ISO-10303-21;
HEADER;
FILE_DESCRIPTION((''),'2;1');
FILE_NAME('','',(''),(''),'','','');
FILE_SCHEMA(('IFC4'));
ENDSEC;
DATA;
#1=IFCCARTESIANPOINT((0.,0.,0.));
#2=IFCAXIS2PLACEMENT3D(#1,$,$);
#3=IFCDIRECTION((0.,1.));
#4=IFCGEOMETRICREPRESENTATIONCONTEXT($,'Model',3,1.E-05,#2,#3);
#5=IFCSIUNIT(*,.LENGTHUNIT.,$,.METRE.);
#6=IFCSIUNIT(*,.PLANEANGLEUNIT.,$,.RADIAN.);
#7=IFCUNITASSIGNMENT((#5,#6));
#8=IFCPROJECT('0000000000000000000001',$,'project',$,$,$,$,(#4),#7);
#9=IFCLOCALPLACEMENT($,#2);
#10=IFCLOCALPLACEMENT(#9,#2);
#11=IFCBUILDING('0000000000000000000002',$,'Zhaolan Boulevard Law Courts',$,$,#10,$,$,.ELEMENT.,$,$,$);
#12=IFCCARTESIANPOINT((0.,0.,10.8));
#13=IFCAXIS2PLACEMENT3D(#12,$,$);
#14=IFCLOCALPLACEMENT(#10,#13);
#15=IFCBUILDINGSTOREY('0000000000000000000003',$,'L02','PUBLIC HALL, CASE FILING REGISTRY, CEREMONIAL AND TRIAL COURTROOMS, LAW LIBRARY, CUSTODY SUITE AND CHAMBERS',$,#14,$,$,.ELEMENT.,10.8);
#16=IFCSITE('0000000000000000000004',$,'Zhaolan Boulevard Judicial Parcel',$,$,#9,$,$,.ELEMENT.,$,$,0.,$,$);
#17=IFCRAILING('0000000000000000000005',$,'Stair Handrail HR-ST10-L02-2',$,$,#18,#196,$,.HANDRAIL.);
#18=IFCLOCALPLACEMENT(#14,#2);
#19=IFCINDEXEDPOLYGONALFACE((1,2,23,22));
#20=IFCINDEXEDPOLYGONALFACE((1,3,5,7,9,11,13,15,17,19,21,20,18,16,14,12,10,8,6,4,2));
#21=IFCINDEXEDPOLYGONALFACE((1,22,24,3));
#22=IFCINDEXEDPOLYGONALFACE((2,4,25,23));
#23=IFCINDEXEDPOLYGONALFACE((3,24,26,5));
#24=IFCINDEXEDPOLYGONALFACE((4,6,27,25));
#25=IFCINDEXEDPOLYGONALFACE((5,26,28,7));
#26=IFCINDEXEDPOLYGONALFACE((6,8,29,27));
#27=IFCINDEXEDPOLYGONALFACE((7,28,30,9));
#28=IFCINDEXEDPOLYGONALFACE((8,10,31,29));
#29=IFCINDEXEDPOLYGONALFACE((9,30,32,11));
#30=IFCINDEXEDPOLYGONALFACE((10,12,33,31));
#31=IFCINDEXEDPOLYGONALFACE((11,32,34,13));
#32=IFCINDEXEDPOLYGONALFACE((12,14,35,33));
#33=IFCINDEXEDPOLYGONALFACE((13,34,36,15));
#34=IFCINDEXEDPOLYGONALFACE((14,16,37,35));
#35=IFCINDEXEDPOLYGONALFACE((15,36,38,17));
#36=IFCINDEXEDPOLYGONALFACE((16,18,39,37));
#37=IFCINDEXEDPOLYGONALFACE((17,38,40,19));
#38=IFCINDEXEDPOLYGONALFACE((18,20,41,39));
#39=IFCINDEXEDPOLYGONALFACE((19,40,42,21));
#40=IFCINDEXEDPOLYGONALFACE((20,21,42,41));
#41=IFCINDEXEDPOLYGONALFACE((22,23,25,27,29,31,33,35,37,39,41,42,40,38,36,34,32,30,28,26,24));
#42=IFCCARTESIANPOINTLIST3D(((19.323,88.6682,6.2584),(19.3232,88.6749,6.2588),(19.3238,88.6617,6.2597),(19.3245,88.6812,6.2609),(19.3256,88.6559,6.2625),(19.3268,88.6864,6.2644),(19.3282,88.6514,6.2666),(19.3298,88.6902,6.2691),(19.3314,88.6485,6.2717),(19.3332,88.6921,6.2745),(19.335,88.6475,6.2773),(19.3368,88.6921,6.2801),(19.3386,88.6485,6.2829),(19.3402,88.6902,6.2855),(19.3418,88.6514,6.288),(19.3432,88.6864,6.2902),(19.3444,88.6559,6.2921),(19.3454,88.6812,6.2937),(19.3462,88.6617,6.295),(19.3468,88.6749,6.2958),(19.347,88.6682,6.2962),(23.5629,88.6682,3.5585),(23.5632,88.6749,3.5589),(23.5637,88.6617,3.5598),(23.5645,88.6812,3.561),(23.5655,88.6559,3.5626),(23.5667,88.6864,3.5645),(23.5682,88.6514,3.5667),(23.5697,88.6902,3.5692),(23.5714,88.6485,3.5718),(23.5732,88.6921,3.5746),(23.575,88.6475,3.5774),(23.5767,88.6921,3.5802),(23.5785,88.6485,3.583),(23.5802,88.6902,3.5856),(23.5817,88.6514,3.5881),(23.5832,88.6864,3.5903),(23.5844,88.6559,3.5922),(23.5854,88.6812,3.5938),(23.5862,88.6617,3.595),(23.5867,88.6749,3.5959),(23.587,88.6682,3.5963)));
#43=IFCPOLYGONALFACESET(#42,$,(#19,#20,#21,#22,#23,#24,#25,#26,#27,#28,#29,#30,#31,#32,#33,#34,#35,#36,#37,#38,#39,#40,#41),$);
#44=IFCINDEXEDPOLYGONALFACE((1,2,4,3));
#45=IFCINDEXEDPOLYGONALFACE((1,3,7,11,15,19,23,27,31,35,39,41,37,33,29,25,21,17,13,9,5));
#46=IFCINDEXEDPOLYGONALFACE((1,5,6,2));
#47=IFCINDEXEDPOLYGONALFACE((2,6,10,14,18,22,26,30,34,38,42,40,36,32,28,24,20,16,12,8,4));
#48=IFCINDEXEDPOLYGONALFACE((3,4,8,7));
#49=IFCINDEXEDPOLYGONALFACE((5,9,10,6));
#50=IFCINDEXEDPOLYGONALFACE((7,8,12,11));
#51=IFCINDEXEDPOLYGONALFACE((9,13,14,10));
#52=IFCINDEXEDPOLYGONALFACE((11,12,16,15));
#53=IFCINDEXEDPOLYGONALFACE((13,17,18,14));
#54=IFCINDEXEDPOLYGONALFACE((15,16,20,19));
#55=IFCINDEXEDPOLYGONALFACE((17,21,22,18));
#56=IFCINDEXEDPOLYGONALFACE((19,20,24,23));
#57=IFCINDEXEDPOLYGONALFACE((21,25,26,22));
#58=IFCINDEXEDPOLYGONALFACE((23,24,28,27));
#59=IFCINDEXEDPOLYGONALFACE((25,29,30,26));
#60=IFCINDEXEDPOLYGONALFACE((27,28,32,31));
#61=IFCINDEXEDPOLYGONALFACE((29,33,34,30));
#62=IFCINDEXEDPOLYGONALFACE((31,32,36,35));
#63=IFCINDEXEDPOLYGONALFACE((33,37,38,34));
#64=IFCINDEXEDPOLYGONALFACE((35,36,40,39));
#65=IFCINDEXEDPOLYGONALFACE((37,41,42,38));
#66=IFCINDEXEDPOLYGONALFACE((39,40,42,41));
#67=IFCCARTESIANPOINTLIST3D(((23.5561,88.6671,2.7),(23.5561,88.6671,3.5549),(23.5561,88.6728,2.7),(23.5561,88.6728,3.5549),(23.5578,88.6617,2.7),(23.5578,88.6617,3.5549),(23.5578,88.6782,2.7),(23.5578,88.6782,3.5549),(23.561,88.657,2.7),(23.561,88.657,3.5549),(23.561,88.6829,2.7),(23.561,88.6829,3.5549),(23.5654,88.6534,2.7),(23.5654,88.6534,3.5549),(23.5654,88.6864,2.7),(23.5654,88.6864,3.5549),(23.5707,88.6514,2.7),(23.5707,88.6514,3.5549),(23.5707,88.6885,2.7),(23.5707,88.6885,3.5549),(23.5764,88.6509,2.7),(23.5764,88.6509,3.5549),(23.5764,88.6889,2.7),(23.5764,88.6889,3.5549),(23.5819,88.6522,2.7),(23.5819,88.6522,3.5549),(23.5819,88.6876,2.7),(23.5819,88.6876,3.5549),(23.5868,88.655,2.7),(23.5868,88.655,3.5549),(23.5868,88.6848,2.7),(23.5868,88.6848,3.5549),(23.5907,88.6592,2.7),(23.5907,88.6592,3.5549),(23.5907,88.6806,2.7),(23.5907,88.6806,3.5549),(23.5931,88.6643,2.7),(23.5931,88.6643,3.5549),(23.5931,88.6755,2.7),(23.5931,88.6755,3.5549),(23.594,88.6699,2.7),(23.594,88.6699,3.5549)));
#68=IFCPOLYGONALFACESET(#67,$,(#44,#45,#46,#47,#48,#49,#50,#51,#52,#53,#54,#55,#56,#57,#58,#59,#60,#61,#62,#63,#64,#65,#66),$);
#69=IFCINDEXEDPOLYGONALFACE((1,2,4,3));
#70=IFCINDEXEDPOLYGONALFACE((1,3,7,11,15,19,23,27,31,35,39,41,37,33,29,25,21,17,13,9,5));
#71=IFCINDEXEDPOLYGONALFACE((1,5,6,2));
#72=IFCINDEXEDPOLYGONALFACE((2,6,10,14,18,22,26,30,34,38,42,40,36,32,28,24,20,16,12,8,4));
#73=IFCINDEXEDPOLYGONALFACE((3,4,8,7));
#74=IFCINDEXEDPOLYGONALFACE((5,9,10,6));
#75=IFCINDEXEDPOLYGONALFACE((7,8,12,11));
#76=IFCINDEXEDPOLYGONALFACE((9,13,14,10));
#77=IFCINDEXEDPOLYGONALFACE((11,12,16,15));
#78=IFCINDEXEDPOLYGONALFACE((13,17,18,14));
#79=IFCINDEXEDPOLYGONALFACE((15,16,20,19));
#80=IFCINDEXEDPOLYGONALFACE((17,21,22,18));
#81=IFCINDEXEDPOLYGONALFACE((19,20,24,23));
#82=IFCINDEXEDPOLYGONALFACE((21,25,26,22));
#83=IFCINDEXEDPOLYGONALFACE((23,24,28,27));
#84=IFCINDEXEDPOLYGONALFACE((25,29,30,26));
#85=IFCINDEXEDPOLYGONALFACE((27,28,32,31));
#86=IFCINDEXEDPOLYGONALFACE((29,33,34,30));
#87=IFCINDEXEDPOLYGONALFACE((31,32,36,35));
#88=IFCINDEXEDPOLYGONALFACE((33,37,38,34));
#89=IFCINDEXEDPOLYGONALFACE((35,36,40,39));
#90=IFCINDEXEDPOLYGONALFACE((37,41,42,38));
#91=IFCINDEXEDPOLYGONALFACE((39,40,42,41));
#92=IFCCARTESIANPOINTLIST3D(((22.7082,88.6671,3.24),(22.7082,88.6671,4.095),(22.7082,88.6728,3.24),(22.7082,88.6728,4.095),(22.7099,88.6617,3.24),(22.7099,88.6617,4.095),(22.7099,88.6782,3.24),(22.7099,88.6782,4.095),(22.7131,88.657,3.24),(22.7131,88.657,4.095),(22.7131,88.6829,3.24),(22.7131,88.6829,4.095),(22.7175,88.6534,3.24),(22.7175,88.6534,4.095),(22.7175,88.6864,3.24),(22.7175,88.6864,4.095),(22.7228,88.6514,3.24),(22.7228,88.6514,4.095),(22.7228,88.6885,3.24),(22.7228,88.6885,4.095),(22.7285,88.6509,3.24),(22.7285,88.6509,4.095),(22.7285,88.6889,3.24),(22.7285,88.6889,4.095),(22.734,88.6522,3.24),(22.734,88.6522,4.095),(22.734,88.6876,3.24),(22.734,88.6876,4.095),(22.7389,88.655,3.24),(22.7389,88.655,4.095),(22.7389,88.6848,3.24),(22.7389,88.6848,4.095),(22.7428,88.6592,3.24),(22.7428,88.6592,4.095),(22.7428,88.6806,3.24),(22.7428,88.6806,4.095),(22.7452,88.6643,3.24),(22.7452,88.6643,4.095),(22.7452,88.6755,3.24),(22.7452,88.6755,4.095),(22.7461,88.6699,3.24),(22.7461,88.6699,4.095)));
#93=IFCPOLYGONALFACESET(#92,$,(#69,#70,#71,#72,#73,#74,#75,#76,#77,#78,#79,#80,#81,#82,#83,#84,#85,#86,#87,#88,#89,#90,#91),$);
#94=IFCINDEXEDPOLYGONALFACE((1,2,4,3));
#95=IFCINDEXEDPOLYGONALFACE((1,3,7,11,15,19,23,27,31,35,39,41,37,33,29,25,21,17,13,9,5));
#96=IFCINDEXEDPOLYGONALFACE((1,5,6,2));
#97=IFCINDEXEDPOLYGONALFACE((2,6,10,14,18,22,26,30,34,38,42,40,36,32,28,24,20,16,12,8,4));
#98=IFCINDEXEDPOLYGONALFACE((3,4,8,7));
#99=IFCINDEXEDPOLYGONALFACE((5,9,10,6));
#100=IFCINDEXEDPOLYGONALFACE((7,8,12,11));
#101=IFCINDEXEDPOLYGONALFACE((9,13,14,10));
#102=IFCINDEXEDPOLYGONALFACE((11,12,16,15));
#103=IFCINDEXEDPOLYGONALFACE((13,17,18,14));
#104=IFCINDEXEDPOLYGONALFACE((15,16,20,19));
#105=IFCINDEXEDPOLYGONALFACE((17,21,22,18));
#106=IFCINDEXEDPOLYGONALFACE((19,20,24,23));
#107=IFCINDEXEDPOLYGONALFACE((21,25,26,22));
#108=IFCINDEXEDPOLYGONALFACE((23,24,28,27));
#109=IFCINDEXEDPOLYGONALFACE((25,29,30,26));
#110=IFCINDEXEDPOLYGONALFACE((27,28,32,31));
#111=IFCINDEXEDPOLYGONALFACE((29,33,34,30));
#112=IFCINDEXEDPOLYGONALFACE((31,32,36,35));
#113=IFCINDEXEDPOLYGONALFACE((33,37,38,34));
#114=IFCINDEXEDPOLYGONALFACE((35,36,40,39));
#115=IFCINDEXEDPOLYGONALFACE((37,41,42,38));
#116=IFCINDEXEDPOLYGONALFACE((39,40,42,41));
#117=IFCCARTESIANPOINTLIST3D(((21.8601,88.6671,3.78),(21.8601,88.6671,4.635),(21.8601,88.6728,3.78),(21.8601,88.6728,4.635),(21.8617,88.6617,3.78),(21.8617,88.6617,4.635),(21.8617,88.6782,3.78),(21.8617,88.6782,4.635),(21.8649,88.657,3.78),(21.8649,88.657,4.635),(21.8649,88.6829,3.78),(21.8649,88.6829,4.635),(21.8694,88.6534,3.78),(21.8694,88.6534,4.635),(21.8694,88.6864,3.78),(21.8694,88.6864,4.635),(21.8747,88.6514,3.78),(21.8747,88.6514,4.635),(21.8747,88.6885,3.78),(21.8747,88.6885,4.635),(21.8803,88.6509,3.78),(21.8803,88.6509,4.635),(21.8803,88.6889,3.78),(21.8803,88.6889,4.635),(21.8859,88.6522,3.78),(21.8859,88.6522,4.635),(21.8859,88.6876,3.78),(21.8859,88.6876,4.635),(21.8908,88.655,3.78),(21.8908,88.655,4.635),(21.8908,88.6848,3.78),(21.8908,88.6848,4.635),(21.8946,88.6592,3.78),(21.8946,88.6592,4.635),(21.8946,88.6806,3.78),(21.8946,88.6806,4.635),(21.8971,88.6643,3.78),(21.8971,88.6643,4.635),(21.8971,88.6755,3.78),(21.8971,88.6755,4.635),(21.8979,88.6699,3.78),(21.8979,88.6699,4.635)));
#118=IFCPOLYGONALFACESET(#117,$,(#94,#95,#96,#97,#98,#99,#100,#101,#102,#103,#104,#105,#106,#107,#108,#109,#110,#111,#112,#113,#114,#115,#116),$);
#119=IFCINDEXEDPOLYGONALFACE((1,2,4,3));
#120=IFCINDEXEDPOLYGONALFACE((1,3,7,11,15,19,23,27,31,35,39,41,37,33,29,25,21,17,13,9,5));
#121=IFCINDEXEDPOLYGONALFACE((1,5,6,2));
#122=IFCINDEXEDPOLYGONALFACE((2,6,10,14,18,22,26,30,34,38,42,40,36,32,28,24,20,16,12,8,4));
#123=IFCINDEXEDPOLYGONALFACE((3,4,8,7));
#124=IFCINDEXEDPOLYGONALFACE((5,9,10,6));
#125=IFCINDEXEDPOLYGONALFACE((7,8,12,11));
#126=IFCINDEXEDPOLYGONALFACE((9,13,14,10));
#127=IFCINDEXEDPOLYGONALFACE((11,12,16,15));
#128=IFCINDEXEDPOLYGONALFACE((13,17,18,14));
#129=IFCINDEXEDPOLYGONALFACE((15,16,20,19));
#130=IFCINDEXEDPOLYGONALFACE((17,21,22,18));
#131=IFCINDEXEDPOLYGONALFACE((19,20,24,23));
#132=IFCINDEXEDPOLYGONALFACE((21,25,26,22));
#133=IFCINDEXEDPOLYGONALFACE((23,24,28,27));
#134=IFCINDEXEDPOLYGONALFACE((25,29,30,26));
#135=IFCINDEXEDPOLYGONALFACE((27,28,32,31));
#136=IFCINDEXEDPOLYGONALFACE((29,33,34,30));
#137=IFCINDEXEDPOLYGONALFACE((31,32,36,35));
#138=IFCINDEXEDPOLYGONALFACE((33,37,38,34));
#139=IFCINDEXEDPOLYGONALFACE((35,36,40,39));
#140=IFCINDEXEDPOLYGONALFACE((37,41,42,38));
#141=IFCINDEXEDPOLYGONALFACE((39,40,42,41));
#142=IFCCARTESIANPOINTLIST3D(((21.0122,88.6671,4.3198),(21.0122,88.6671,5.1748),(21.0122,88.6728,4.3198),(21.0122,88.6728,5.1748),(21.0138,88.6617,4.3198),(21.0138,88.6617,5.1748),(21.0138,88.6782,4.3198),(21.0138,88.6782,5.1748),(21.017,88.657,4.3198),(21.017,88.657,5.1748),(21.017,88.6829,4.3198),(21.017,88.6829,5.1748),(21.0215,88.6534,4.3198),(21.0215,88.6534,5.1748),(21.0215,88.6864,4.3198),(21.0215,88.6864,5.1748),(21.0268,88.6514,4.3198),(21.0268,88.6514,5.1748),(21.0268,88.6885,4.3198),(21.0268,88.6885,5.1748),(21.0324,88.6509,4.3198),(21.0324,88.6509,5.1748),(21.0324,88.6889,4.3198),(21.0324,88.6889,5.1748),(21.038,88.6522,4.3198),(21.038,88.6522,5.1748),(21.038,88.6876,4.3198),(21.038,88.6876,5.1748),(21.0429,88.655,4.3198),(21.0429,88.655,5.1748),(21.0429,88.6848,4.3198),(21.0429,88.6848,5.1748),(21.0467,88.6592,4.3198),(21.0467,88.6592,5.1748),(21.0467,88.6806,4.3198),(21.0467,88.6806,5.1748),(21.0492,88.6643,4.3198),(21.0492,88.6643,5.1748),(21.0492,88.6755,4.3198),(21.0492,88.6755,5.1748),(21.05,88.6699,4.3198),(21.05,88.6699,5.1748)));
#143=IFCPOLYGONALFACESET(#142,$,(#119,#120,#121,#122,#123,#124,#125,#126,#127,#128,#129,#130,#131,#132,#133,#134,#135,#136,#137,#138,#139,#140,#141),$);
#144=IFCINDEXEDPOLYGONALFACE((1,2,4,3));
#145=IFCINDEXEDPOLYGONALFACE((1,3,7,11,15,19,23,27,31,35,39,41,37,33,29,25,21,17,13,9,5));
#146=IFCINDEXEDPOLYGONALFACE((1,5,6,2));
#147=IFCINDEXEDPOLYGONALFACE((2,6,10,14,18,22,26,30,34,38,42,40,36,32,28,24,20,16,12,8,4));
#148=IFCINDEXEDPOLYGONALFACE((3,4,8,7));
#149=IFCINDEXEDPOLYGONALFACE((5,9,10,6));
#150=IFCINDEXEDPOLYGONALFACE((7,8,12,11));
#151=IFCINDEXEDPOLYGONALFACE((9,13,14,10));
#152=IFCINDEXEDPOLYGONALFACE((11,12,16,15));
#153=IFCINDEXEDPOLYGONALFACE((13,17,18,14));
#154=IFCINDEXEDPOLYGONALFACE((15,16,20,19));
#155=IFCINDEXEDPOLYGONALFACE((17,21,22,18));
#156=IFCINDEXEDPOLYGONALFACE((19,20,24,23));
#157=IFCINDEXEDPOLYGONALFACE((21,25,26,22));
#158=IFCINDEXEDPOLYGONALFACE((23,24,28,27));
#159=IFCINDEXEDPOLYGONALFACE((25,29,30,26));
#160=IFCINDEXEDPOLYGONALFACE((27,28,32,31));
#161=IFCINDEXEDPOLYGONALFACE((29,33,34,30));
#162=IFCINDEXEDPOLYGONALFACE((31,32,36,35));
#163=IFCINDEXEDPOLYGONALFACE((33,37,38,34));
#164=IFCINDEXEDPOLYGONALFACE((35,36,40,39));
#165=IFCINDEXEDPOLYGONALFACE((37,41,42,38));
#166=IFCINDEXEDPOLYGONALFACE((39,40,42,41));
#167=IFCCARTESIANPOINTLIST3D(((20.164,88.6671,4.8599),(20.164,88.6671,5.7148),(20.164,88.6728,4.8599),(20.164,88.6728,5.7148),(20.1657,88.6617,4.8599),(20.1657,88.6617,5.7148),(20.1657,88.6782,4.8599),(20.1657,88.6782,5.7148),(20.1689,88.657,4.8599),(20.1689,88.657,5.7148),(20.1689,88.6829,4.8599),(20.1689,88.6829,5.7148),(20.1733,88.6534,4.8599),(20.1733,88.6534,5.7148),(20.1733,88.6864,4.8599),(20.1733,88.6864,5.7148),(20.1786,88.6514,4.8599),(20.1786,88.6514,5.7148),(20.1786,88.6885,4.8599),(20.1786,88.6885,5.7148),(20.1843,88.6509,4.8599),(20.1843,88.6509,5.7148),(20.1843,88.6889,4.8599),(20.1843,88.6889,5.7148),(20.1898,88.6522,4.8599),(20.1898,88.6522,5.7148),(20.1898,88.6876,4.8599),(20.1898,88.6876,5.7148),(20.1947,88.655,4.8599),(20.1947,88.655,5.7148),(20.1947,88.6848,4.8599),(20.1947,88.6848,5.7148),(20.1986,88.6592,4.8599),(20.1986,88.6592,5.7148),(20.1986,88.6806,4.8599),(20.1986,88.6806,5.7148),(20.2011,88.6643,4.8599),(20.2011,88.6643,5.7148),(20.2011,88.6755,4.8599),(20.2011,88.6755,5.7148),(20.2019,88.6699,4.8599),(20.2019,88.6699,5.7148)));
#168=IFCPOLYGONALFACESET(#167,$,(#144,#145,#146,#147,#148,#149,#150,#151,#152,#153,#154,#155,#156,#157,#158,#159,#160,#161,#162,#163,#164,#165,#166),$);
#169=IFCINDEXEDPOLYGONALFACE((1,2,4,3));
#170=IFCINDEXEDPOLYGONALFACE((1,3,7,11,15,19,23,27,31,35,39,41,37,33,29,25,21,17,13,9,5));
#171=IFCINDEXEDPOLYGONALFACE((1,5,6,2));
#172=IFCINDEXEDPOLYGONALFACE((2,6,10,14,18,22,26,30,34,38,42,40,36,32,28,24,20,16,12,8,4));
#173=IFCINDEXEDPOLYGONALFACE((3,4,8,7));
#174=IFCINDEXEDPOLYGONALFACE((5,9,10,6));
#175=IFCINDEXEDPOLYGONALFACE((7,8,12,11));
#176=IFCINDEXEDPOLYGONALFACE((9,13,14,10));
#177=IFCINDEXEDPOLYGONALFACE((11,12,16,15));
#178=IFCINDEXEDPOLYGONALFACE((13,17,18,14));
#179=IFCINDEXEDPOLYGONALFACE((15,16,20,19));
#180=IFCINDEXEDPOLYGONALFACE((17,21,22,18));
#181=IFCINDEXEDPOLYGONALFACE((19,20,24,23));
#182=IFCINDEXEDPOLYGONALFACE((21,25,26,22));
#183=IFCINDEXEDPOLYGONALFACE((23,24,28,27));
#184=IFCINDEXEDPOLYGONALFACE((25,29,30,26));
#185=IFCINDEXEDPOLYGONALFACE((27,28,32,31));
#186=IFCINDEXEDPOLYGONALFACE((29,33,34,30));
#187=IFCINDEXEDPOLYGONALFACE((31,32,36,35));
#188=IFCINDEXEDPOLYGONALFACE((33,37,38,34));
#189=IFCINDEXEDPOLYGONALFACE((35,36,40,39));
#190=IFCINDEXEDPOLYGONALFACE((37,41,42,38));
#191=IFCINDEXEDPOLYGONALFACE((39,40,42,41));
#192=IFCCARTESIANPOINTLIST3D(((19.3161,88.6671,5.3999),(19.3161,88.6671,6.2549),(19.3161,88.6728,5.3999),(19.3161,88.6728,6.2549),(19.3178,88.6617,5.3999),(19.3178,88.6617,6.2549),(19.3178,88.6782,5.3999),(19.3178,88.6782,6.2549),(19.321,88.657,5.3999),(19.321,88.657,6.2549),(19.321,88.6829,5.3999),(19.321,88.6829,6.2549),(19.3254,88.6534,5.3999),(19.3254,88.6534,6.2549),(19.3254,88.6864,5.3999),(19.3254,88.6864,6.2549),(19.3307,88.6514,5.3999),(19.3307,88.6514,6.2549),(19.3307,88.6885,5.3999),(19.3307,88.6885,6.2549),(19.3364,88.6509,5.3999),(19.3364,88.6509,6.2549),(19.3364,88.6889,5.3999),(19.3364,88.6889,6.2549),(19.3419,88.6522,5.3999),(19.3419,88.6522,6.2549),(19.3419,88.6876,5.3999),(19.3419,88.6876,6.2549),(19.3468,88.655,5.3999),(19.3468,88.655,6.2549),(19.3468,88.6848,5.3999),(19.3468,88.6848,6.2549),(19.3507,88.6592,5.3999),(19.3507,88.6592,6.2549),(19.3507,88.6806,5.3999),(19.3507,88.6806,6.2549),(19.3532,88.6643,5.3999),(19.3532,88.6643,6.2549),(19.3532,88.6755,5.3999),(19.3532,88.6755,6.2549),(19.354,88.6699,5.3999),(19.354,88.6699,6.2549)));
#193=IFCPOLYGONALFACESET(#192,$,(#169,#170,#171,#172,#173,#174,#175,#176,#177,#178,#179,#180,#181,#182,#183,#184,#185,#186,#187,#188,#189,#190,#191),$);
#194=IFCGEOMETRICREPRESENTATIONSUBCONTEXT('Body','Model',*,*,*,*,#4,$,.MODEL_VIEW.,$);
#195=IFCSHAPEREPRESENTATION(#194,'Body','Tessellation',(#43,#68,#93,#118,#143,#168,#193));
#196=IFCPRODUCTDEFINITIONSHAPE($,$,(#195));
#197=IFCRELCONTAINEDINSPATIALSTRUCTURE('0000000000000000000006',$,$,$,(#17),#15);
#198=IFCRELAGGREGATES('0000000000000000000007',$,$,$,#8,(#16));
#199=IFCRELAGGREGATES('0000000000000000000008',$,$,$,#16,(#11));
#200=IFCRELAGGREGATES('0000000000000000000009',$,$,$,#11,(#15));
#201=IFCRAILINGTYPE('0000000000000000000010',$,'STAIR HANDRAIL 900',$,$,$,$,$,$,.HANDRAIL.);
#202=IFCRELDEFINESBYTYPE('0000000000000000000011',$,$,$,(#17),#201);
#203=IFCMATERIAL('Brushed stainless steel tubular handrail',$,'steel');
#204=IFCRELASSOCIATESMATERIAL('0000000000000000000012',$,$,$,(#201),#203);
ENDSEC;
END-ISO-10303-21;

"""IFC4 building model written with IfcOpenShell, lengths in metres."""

from ifc_helpers import new_model, si_unit, direction, frame, origin, origin_2d, place, context, subcontext, project, spatial, circle, extrude, material, type_object, element, save


model = new_model("IFC4")

# Units and contexts
model_context = context("Model", 3, precision=1e-05, world=origin(), true_north=direction((0.0, 1.0)))
body_context = subcontext(model_context, "Body", "Model", "MODEL_VIEW")
ifc_project = project(units=[si_unit("LENGTHUNIT", "METRE"), si_unit("PLANEANGLEUNIT", "RADIAN")], contexts=[model_context])

# Site, building, storey
site_placement = place(None, origin())
site = spatial("IfcSite", under=ifc_project, at=site_placement, Name="Zhaolan Boulevard Judicial Parcel", CompositionType="ELEMENT", RefElevation=0.0)
building_placement = place(site_placement, origin())
building = spatial("IfcBuilding", under=site, at=building_placement, Name="Zhaolan Boulevard Law Courts", CompositionType="ELEMENT")
storey_placement = place(building_placement, frame((0.0, 0.0, 10.8)))
storey = spatial("IfcBuildingStorey", under=building, at=storey_placement, Name="L02", Description="PUBLIC HALL, CASE FILING REGISTRY, CEREMONIAL AND TRIAL COURTROOMS, LAW LIBRARY, CUSTODY SUITE AND CHAMBERS", CompositionType="ELEMENT", Elevation=10.8)

# Railing
ifc_material_1 = material(Name="Brushed stainless steel tubular handrail", Category="steel")
railing_type_1 = type_object("IfcRailingType", Name="STAIR HANDRAIL 900", PredefinedType="HANDRAIL", material=ifc_material_1)
railing_1_placement = place(storey_placement, frame((23.575, 88.6699, 2.7)))
element("IfcRailing", 1, at=railing_1_placement, inside=storey, type_object=railing_type_1, Name="Stair Handrail HR-ST10-L02-2", PredefinedType="HANDRAIL", context=body_context, shape_type="SweptSolid", body=[
    extrude(circle(Radius=0.0225, at=origin_2d()), frame((0.0, 0.0, 0.8774), z_axis=(-0.843501, 0.0, 0.537127), x_axis=(0.0, -1.0, 0.0)), (0.0, 0.0, 1.0), 5.0266),
    extrude(circle(Radius=0.019, at=origin_2d()), origin(), (0.0, 0.0, 1.0), 0.855),
    extrude(circle(Radius=0.019, at=origin_2d()), frame((-0.8479, 0.0, 0.54)), (0.0, 0.0, 1.0), 0.855),
    extrude(circle(Radius=0.019, at=origin_2d()), frame((-1.696, 0.0, 1.0801)), (0.0, 0.0, 1.0), 0.855),
    extrude(circle(Radius=0.019, at=origin_2d()), frame((-2.5439, 0.0, 1.6199)), (0.0, 0.0, 1.0), 0.855),
    extrude(circle(Radius=0.019, at=origin_2d()), frame((-3.3921, 0.0, 2.1599)), (0.0, 0.0, 1.0), 0.855),
    extrude(circle(Radius=0.019, at=origin_2d()), frame((-4.24, 0.0, 2.7)), (0.0, 0.0, 1.0), 0.855),
])

save(model, "model.ifc")
